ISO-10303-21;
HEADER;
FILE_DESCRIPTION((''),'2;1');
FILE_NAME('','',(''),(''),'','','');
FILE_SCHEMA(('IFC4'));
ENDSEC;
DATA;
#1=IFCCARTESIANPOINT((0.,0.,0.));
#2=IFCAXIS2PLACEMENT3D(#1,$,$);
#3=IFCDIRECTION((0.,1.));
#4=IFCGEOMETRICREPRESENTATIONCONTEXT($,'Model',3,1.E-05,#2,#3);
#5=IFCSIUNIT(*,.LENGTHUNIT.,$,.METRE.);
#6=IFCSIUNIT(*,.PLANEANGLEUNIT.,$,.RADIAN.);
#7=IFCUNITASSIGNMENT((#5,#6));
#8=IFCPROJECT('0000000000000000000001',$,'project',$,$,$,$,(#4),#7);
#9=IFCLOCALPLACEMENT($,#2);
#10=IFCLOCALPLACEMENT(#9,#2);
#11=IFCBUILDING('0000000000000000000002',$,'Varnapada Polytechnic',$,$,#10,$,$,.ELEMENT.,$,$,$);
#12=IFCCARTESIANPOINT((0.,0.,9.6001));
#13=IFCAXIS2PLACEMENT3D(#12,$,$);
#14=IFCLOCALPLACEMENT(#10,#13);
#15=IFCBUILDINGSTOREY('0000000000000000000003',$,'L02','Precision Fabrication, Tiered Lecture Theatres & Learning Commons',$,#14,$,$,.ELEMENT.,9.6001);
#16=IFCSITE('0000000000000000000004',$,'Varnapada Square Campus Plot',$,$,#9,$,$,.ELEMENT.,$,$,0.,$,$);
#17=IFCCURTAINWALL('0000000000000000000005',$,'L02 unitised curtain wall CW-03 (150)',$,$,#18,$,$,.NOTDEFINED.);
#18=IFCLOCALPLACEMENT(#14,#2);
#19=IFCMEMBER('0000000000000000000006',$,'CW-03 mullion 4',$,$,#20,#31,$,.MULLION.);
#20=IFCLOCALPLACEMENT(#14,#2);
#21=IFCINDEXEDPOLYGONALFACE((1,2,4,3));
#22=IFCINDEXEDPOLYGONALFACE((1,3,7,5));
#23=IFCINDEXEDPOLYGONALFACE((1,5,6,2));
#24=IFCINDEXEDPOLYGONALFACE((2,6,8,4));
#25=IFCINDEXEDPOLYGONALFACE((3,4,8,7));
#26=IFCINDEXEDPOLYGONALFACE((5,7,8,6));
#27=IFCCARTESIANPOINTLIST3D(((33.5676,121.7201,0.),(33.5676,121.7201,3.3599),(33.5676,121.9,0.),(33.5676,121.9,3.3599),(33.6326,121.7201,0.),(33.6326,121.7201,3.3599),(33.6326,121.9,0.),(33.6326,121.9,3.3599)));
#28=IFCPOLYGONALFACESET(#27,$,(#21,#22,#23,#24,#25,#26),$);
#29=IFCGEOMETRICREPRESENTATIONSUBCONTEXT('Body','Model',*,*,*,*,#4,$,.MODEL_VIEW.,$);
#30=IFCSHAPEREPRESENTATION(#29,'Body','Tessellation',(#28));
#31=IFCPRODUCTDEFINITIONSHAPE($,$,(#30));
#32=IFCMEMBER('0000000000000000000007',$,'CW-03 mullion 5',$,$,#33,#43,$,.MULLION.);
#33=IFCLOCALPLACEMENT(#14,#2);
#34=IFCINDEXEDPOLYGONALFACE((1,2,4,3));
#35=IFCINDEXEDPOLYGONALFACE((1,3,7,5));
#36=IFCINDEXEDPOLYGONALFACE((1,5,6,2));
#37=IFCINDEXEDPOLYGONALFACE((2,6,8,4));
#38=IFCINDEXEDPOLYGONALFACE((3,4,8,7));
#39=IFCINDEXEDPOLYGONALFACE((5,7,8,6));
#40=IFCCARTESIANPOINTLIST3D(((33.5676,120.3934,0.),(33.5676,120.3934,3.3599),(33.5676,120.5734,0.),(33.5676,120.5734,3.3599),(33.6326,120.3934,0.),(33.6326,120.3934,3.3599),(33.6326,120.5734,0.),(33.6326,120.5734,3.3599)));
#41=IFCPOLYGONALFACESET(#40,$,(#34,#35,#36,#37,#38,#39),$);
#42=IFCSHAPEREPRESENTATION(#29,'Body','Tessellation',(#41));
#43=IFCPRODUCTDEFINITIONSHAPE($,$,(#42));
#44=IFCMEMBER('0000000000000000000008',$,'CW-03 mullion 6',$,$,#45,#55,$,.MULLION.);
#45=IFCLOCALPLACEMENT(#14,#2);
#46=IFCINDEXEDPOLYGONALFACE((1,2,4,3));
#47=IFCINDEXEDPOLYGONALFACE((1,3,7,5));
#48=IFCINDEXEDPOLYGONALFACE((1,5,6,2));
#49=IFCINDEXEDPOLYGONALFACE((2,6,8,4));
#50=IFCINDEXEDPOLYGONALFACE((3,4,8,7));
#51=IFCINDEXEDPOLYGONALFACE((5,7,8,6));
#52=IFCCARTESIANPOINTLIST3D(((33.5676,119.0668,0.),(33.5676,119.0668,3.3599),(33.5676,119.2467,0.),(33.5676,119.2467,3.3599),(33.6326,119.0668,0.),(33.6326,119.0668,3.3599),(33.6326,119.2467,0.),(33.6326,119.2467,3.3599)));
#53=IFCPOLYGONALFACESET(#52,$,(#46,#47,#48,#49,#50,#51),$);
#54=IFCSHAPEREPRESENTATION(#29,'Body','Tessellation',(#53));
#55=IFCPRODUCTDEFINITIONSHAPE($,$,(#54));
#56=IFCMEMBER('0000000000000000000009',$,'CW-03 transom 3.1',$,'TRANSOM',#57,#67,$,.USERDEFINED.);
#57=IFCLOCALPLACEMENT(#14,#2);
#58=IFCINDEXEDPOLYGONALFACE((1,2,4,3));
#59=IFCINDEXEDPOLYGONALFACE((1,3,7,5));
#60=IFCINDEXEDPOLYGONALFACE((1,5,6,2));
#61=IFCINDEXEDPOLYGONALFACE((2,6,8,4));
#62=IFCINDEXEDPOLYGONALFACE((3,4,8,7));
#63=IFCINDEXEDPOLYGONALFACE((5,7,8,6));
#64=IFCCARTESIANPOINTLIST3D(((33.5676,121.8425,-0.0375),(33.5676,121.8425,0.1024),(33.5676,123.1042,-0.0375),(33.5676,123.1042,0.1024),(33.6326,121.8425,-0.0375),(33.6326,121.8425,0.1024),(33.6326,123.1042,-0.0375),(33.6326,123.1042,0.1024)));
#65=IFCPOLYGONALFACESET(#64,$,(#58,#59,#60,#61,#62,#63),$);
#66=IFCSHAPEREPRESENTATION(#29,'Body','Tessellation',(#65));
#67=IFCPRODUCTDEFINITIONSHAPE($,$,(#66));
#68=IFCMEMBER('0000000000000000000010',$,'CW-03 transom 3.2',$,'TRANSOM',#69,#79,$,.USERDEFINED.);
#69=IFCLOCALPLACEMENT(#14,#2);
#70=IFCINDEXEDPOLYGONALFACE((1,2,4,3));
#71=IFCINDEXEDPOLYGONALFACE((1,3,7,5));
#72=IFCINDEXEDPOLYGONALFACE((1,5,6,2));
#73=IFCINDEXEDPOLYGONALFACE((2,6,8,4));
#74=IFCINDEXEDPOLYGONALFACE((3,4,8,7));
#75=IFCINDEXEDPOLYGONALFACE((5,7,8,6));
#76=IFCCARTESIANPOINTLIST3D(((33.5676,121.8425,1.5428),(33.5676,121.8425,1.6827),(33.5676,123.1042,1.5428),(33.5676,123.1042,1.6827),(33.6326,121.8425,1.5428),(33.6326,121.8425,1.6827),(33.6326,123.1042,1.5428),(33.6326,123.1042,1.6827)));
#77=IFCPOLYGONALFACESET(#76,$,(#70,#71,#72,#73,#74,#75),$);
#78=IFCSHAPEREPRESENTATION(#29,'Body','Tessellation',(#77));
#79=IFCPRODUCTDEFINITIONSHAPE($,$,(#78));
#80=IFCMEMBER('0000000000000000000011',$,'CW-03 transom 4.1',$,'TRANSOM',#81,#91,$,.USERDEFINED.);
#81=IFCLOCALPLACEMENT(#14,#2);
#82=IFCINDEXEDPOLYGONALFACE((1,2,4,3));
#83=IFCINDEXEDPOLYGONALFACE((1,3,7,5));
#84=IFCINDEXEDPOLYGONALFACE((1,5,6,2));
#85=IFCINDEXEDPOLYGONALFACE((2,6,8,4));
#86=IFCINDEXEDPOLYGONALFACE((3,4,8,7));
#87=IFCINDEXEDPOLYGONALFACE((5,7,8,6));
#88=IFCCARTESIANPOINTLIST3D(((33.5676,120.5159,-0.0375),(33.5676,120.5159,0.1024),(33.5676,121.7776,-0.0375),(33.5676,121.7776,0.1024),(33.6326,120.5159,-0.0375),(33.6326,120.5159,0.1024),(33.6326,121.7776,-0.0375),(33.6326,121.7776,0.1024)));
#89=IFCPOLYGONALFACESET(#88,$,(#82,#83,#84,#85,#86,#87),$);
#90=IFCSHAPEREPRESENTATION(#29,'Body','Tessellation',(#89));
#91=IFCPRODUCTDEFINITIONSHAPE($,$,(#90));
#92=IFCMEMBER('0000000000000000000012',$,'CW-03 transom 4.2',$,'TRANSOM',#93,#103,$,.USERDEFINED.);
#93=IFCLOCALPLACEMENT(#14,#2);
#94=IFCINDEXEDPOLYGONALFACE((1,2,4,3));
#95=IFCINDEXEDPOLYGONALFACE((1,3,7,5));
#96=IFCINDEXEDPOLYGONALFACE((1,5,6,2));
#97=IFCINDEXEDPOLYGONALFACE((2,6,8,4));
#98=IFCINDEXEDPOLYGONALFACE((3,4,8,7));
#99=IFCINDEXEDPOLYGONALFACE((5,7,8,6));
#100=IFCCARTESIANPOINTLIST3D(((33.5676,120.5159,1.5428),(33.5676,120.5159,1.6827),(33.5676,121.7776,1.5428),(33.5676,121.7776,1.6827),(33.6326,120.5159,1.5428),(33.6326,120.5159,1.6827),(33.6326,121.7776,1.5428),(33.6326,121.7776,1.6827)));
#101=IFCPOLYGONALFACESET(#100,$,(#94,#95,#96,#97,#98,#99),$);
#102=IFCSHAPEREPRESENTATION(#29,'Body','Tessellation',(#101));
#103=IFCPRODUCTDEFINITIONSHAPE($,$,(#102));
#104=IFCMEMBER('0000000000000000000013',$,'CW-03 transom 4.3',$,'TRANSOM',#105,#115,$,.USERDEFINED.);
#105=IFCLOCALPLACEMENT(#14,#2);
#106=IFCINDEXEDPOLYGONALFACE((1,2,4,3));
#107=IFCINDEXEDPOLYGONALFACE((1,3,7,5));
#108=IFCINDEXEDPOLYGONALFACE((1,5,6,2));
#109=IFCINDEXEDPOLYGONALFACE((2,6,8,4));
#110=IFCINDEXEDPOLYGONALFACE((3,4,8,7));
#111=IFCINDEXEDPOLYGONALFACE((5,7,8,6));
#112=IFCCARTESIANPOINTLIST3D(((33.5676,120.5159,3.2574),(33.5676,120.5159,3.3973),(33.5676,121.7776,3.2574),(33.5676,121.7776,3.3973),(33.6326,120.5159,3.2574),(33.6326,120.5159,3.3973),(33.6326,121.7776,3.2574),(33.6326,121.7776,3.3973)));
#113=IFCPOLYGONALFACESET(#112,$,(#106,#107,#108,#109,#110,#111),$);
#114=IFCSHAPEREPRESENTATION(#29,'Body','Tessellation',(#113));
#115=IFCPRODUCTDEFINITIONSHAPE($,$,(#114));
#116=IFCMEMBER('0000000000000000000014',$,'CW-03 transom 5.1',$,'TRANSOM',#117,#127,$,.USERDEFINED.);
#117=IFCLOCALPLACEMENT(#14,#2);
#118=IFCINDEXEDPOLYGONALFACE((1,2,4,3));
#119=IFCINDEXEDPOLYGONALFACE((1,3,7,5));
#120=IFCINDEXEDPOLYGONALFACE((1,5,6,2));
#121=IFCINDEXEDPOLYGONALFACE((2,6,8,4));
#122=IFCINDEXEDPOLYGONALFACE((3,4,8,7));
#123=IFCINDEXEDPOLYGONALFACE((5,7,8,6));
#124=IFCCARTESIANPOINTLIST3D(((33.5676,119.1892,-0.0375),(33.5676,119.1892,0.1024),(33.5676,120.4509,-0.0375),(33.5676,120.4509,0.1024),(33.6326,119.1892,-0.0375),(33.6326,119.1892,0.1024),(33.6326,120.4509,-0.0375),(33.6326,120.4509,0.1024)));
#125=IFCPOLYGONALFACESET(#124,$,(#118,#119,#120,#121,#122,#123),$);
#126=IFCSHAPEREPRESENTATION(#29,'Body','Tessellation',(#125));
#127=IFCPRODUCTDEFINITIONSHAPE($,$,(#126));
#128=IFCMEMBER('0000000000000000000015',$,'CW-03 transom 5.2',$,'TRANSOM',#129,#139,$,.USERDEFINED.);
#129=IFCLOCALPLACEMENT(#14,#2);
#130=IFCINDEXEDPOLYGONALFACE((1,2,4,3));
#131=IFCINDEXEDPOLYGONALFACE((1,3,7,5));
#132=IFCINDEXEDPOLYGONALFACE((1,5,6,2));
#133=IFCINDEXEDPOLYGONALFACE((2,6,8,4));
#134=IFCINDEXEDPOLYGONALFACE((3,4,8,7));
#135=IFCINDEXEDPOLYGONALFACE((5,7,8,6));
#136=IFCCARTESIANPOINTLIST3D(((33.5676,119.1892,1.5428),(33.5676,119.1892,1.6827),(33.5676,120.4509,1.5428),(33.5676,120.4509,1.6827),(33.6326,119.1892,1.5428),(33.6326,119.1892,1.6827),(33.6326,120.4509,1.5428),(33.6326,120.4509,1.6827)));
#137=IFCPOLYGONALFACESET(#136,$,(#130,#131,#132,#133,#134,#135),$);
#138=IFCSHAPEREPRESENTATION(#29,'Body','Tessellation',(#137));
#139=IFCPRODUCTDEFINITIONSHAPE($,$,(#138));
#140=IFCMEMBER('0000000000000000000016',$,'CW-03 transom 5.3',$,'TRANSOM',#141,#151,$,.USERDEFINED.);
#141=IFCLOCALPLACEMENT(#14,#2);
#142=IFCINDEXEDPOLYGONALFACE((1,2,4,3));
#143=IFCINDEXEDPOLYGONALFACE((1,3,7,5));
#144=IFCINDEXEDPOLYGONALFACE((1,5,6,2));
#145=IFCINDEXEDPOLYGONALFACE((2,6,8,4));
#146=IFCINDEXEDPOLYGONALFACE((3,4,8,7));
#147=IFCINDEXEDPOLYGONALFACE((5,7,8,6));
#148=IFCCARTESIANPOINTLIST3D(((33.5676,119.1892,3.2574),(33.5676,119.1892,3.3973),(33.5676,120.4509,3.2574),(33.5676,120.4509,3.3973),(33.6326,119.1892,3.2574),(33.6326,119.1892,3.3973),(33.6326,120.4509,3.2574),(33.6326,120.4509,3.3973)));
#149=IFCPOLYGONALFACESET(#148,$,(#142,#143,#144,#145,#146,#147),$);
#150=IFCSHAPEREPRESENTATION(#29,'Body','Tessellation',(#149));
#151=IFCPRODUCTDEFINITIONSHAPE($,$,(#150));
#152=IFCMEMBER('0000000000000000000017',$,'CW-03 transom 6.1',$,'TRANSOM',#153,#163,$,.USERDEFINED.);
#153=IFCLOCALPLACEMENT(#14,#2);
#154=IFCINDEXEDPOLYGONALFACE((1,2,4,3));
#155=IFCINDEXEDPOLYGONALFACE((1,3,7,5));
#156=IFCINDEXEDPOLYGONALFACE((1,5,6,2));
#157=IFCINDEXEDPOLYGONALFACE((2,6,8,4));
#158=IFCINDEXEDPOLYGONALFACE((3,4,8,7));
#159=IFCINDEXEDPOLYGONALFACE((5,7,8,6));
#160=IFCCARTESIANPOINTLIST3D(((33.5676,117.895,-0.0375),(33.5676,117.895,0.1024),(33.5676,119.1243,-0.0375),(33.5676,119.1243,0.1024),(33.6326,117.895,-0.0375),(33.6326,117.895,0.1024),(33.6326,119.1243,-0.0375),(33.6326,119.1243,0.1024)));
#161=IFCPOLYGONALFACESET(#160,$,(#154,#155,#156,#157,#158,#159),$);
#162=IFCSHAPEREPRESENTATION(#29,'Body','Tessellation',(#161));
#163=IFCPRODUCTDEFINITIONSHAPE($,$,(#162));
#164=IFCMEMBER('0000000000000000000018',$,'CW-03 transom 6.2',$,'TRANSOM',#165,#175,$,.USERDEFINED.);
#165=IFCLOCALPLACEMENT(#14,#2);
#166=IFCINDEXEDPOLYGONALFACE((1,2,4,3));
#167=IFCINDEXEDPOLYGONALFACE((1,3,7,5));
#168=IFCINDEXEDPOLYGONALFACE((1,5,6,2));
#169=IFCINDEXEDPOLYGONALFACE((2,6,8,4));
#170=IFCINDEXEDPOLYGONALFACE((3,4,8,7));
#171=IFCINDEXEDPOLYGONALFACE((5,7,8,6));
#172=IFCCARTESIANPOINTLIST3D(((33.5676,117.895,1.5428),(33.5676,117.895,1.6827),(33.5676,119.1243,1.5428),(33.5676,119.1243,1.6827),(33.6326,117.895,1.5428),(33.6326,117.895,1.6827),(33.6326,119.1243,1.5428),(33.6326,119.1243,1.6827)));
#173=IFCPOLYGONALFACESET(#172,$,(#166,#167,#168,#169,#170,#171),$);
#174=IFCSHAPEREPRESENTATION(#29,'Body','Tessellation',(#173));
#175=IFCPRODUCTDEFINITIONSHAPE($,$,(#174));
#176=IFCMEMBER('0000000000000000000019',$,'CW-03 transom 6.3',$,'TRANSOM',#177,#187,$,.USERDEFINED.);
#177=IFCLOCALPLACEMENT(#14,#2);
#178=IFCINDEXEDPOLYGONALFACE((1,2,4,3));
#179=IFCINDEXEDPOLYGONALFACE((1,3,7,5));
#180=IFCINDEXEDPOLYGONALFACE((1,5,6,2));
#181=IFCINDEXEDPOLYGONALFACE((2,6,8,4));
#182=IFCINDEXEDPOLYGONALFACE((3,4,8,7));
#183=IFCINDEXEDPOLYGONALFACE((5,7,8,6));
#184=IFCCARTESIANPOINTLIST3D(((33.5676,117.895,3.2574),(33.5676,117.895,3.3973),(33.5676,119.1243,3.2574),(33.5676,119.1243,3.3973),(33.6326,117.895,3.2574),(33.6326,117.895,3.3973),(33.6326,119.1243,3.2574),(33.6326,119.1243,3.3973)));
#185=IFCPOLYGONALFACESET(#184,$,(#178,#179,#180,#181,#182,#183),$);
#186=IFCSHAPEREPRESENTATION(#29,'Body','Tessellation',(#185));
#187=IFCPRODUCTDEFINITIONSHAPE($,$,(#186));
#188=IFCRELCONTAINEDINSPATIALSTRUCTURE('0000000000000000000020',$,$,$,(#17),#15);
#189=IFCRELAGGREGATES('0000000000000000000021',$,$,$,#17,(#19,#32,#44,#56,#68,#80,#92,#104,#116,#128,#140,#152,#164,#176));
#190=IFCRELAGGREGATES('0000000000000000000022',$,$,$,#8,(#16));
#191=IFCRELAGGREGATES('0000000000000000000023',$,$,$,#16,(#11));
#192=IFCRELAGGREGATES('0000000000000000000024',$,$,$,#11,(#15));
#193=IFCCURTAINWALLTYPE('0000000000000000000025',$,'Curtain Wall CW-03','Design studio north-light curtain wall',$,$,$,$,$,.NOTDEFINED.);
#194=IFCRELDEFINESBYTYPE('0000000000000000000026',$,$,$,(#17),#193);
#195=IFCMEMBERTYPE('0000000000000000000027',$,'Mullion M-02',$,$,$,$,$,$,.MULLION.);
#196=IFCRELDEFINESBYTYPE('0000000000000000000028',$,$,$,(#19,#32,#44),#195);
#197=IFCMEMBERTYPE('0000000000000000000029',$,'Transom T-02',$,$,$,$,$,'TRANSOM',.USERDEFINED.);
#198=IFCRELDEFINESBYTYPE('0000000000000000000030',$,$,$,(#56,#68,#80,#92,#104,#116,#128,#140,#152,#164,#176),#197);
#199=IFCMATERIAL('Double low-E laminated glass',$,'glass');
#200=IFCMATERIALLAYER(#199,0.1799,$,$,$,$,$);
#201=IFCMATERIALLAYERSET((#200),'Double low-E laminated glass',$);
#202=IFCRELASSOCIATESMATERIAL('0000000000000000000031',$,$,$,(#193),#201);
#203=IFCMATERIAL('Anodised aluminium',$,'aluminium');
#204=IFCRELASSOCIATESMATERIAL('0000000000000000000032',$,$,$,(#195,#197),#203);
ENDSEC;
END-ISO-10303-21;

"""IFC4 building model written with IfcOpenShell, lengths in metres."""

from ifc_helpers import new_model, si_unit, direction, frame, origin, origin_2d, place, context, subcontext, project, spatial, rectangle, extrude, material, layer, layer_set, material_profile, profile_set, type_object, element, aggregate, save


model = new_model("IFC4")

# Units and contexts
model_context = context("Model", 3, precision=1e-05, world=origin(), true_north=direction((0.0, 1.0)))
body_context = subcontext(model_context, "Body", "Model", "MODEL_VIEW")
ifc_project = project(units=[si_unit("LENGTHUNIT", "METRE"), si_unit("PLANEANGLEUNIT", "RADIAN")], contexts=[model_context])

# Site, building, storey
site_placement = place(None, origin())
site = spatial("IfcSite", under=ifc_project, at=site_placement, Name="Varnapada Square Campus Plot", CompositionType="ELEMENT", RefElevation=0.0)
building_placement = place(site_placement, origin())
building = spatial("IfcBuilding", under=site, at=building_placement, Name="Varnapada Polytechnic", CompositionType="ELEMENT")
storey_placement = place(building_placement, frame((0.0, 0.0, 9.6001)))
storey = spatial("IfcBuildingStorey", under=building, at=storey_placement, Name="L02", Description="Precision Fabrication, Tiered Lecture Theatres & Learning Commons", CompositionType="ELEMENT", Elevation=9.6001)

# Curtain wall, members
ifc_material_1 = material(Name="Double low-E laminated glass", Category="glass")
ifc_layer_1 = layer(ifc_material_1, 0.1799)
ifc_layer_set_1 = layer_set([ifc_layer_1], Name="Double low-E laminated glass")
curtain_wall_type = type_object("IfcCurtainWallType", Name="Curtain Wall CW-03", Description="Design studio north-light curtain wall", PredefinedType="NOTDEFINED", material=ifc_layer_set_1)
curtain_wall_placement = place(storey_placement, origin())
curtain_wall = element("IfcCurtainWall", 1, at=curtain_wall_placement, inside=storey, type_object=curtain_wall_type, Name="L02 unitised curtain wall CW-03 (150)", PredefinedType="NOTDEFINED")
ifc_material_2 = material(Name="Anodised aluminium", Category="aluminium")
ifc_material_profile_1 = material_profile(ifc_material_2, rectangle(XDim=0.0649, YDim=0.1799, at=origin_2d()), Name="ALU M65x180")
ifc_profile_set_1 = profile_set([ifc_material_profile_1], Name="Anodised aluminium")
member_type_1 = type_object("IfcMemberType", Name="Mullion M-02", PredefinedType="MULLION", material=ifc_profile_set_1)
member_1_placement = place(storey_placement, frame((33.6001, 121.8101, 0.0), z_axis=(0.0, 0.0, 1.0), x_axis=(1.0, 0.0, 0.0)))
member_1 = element("IfcMember", 2, at=member_1_placement, type_object=member_type_1, Name="CW-03 mullion 4", PredefinedType="MULLION", context=body_context, shape_type="SweptSolid", body=[
    extrude(rectangle(XDim=0.0649, YDim=0.1799, at=origin_2d()), origin(), (0.0, 0.0, 1.0), 3.3599),
])
member_2_placement = place(storey_placement, frame((33.6001, 120.4834, 0.0), z_axis=(0.0, 0.0, 1.0), x_axis=(1.0, 0.0, 0.0)))
member_2 = element("IfcMember", 3, at=member_2_placement, type_object=member_type_1, Name="CW-03 mullion 5", PredefinedType="MULLION", context=body_context, shape_type="SweptSolid", body=[
    extrude(rectangle(XDim=0.0649, YDim=0.1799, at=origin_2d()), origin(), (0.0, 0.0, 1.0), 3.3599),
])
member_3_placement = place(storey_placement, frame((33.6001, 119.1567, 0.0), z_axis=(0.0, 0.0, 1.0), x_axis=(1.0, 0.0, 0.0)))
member_3 = element("IfcMember", 4, at=member_3_placement, type_object=member_type_1, Name="CW-03 mullion 6", PredefinedType="MULLION", context=body_context, shape_type="SweptSolid", body=[
    extrude(rectangle(XDim=0.0649, YDim=0.1799, at=origin_2d()), origin(), (0.0, 0.0, 1.0), 3.3599),
])
ifc_material_profile_2 = material_profile(ifc_material_2, rectangle(XDim=0.0649, YDim=0.1399, at=origin_2d()), Name="ALU T65x140")
ifc_profile_set_2 = profile_set([ifc_material_profile_2], Name="Anodised aluminium")
member_type_2 = type_object("IfcMemberType", Name="Transom T-02", ElementType="TRANSOM", PredefinedType="USERDEFINED", material=ifc_profile_set_2)
member_4_placement = place(storey_placement, frame((33.6001, 123.1042, 0.0325), z_axis=(0.0, -1.0, 0.0), x_axis=(1.0, 0.0, 0.0)))
member_4 = element("IfcMember", 5, at=member_4_placement, type_object=member_type_2, Name="CW-03 transom 3.1", ObjectType="TRANSOM", PredefinedType="USERDEFINED", context=body_context, shape_type="SweptSolid", body=[
    extrude(rectangle(XDim=0.0649, YDim=0.1399, at=origin_2d()), origin(), (0.0, 0.0, 1.0), 1.2617),
])
member_5_placement = place(storey_placement, frame((33.6001, 123.1042, 1.6128), z_axis=(0.0, -1.0, 0.0), x_axis=(1.0, 0.0, 0.0)))
member_5 = element("IfcMember", 6, at=member_5_placement, type_object=member_type_2, Name="CW-03 transom 3.2", ObjectType="TRANSOM", PredefinedType="USERDEFINED", context=body_context, shape_type="SweptSolid", body=[
    extrude(rectangle(XDim=0.0649, YDim=0.1399, at=origin_2d()), origin(), (0.0, 0.0, 1.0), 1.2617),
])
member_6_placement = place(storey_placement, frame((33.6001, 121.7776, 0.0325), z_axis=(0.0, -1.0, 0.0), x_axis=(1.0, 0.0, 0.0)))
member_6 = element("IfcMember", 7, at=member_6_placement, type_object=member_type_2, Name="CW-03 transom 4.1", ObjectType="TRANSOM", PredefinedType="USERDEFINED", context=body_context, shape_type="SweptSolid", body=[
    extrude(rectangle(XDim=0.0649, YDim=0.1399, at=origin_2d()), origin(), (0.0, 0.0, 1.0), 1.2617),
])
member_7_placement = place(storey_placement, frame((33.6001, 121.7776, 1.6128), z_axis=(0.0, -1.0, 0.0), x_axis=(1.0, 0.0, 0.0)))
member_7 = element("IfcMember", 8, at=member_7_placement, type_object=member_type_2, Name="CW-03 transom 4.2", ObjectType="TRANSOM", PredefinedType="USERDEFINED", context=body_context, shape_type="SweptSolid", body=[
    extrude(rectangle(XDim=0.0649, YDim=0.1399, at=origin_2d()), origin(), (0.0, 0.0, 1.0), 1.2617),
])
member_8_placement = place(storey_placement, frame((33.6001, 121.7776, 3.3274), z_axis=(0.0, -1.0, 0.0), x_axis=(1.0, 0.0, 0.0)))
member_8 = element("IfcMember", 9, at=member_8_placement, type_object=member_type_2, Name="CW-03 transom 4.3", ObjectType="TRANSOM", PredefinedType="USERDEFINED", context=body_context, shape_type="SweptSolid", body=[
    extrude(rectangle(XDim=0.0649, YDim=0.1399, at=origin_2d()), origin(), (0.0, 0.0, 1.0), 1.2617),
])
member_9_placement = place(storey_placement, frame((33.6001, 120.4509, 0.0325), z_axis=(0.0, -1.0, 0.0), x_axis=(1.0, 0.0, 0.0)))
member_9 = element("IfcMember", 10, at=member_9_placement, type_object=member_type_2, Name="CW-03 transom 5.1", ObjectType="TRANSOM", PredefinedType="USERDEFINED", context=body_context, shape_type="SweptSolid", body=[
    extrude(rectangle(XDim=0.0649, YDim=0.1399, at=origin_2d()), origin(), (0.0, 0.0, 1.0), 1.2617),
])
member_10_placement = place(storey_placement, frame((33.6001, 120.4509, 1.6128), z_axis=(0.0, -1.0, 0.0), x_axis=(1.0, 0.0, 0.0)))
member_10 = element("IfcMember", 11, at=member_10_placement, type_object=member_type_2, Name="CW-03 transom 5.2", ObjectType="TRANSOM", PredefinedType="USERDEFINED", context=body_context, shape_type="SweptSolid", body=[
    extrude(rectangle(XDim=0.0649, YDim=0.1399, at=origin_2d()), origin(), (0.0, 0.0, 1.0), 1.2617),
])
member_11_placement = place(storey_placement, frame((33.6001, 120.4509, 3.3274), z_axis=(0.0, -1.0, 0.0), x_axis=(1.0, 0.0, 0.0)))
member_11 = element("IfcMember", 12, at=member_11_placement, type_object=member_type_2, Name="CW-03 transom 5.3", ObjectType="TRANSOM", PredefinedType="USERDEFINED", context=body_context, shape_type="SweptSolid", body=[
    extrude(rectangle(XDim=0.0649, YDim=0.1399, at=origin_2d()), origin(), (0.0, 0.0, 1.0), 1.2617),
])
member_12_placement = place(storey_placement, frame((33.6001, 119.1243, 0.0325), z_axis=(0.0, -1.0, 0.0), x_axis=(1.0, 0.0, 0.0)))
member_12 = element("IfcMember", 13, at=member_12_placement, type_object=member_type_2, Name="CW-03 transom 6.1", ObjectType="TRANSOM", PredefinedType="USERDEFINED", context=body_context, shape_type="SweptSolid", body=[
    extrude(rectangle(XDim=0.0649, YDim=0.1399, at=origin_2d()), origin(), (0.0, 0.0, 1.0), 1.2292),
])
member_13_placement = place(storey_placement, frame((33.6001, 119.1243, 1.6128), z_axis=(0.0, -1.0, 0.0), x_axis=(1.0, 0.0, 0.0)))
member_13 = element("IfcMember", 14, at=member_13_placement, type_object=member_type_2, Name="CW-03 transom 6.2", ObjectType="TRANSOM", PredefinedType="USERDEFINED", context=body_context, shape_type="SweptSolid", body=[
    extrude(rectangle(XDim=0.0649, YDim=0.1399, at=origin_2d()), origin(), (0.0, 0.0, 1.0), 1.2292),
])
member_14_placement = place(storey_placement, frame((33.6001, 119.1243, 3.3274), z_axis=(0.0, -1.0, 0.0), x_axis=(1.0, 0.0, 0.0)))
member_14 = element("IfcMember", 15, at=member_14_placement, type_object=member_type_2, Name="CW-03 transom 6.3", ObjectType="TRANSOM", PredefinedType="USERDEFINED", context=body_context, shape_type="SweptSolid", body=[
    extrude(rectangle(XDim=0.0649, YDim=0.1399, at=origin_2d()), origin(), (0.0, 0.0, 1.0), 1.2292),
])
aggregate(curtain_wall, [member_1, member_2, member_3, member_4, member_5, member_6, member_7, member_8, member_9, member_10, member_11, member_12, member_13, member_14])

save(model, "model.ifc")
